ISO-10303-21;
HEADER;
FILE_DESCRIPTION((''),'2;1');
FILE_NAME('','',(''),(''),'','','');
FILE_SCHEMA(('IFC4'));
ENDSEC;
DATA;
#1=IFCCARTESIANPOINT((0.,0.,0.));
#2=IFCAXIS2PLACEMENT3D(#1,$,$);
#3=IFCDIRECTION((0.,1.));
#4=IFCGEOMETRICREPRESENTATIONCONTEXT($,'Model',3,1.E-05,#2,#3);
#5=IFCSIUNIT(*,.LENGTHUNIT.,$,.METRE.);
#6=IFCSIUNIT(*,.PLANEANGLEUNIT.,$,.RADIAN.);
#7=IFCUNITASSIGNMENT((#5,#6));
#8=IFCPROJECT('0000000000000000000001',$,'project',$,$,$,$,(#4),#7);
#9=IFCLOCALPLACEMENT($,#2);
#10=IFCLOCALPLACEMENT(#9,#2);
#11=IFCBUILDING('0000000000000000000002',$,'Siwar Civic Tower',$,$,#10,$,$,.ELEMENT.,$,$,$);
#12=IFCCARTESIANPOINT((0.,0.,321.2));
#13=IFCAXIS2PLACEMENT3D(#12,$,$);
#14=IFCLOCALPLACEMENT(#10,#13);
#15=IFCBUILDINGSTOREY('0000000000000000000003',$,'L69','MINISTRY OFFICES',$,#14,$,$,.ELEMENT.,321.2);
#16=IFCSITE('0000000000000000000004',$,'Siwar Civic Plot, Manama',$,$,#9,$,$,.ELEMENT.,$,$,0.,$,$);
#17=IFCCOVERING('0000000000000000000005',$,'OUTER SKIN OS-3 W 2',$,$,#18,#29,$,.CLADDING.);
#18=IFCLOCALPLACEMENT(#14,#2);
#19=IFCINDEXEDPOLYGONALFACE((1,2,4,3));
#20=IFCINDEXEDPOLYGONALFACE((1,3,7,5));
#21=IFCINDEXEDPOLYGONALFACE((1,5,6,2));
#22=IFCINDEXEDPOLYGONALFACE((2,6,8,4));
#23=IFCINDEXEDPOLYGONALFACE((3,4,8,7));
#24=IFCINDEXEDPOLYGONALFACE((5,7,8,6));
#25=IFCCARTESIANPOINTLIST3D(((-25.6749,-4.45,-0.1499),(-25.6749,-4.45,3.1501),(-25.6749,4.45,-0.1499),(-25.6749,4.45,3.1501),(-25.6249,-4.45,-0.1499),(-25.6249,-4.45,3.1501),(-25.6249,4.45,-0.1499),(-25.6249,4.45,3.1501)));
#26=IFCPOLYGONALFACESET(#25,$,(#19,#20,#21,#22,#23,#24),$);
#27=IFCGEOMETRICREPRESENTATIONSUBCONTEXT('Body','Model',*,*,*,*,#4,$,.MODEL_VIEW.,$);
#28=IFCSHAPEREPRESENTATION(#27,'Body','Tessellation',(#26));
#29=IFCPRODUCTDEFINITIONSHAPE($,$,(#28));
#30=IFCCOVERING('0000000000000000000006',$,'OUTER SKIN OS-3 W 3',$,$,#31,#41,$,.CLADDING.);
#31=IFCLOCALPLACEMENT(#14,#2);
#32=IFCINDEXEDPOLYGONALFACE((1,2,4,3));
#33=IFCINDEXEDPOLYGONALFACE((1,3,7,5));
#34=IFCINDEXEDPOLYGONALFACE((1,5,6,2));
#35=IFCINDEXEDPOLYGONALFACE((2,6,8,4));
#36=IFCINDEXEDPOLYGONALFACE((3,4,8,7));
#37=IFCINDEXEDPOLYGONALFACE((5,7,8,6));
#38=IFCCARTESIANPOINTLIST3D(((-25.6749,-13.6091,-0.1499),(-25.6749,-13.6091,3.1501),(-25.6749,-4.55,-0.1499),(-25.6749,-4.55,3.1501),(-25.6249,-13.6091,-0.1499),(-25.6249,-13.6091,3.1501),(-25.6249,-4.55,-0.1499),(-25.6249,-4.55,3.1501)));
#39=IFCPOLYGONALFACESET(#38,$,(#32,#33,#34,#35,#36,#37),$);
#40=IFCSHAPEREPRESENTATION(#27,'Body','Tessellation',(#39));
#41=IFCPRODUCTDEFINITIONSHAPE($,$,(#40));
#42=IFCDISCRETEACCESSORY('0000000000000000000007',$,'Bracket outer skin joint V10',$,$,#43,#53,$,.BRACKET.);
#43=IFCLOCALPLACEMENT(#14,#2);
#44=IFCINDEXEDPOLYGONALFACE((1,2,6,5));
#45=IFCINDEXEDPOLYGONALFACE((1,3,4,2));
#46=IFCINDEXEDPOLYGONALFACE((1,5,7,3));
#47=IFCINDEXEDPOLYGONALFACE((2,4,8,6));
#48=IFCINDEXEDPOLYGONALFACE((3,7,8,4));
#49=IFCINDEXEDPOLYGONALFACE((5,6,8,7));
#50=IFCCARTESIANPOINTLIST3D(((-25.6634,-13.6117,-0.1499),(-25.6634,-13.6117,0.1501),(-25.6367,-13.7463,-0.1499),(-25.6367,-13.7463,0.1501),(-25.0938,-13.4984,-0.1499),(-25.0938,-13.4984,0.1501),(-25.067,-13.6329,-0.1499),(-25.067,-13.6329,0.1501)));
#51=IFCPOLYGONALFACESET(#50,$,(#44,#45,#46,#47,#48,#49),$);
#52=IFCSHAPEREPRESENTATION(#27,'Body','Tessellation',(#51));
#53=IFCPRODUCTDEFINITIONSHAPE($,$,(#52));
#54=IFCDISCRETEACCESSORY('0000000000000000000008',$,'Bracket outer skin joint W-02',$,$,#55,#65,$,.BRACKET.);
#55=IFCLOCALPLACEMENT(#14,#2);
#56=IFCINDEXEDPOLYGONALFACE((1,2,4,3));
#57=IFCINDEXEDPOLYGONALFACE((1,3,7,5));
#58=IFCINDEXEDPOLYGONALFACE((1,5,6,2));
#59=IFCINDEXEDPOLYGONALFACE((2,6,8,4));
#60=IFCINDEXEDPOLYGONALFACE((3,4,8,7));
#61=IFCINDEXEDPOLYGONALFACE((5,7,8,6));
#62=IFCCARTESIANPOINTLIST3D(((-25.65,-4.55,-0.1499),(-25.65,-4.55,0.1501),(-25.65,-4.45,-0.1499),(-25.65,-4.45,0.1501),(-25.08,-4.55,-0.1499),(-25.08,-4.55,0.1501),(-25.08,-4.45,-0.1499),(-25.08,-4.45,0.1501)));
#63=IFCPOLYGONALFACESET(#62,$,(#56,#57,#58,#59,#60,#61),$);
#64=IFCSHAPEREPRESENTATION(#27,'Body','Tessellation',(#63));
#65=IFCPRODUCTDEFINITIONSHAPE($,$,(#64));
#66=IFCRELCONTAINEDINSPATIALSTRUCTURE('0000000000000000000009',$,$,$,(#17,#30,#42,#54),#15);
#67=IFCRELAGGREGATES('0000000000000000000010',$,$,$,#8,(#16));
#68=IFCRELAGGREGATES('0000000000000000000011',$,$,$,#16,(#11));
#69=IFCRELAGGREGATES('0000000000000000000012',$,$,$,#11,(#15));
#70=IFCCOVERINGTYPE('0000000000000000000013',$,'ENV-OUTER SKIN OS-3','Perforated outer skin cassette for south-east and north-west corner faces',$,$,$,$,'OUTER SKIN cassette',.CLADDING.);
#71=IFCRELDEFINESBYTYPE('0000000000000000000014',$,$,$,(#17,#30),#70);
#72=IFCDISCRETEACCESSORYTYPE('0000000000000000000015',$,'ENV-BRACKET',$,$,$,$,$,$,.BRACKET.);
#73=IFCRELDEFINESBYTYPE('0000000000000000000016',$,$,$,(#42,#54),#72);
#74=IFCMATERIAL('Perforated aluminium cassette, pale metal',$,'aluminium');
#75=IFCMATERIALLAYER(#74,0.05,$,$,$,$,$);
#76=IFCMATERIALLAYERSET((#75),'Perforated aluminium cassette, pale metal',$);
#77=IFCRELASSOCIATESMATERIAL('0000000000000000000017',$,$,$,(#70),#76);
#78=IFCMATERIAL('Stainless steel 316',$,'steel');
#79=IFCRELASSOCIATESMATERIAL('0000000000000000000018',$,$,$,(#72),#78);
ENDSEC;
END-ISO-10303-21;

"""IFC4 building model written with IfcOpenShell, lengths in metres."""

from ifc_helpers import new_model, si_unit, direction, frame, origin, origin_2d, place, context, subcontext, project, spatial, rectangle, extrude, material, layer, layer_set, type_object, element, save


model = new_model("IFC4")

# Units and contexts
model_context = context("Model", 3, precision=1e-05, world=origin(), true_north=direction((0.0, 1.0)))
body_context = subcontext(model_context, "Body", "Model", "MODEL_VIEW")
ifc_project = project(units=[si_unit("LENGTHUNIT", "METRE"), si_unit("PLANEANGLEUNIT", "RADIAN")], contexts=[model_context])

# Site, building, storey
site_placement = place(None, origin())
site = spatial("IfcSite", under=ifc_project, at=site_placement, Name="Siwar Civic Plot, Manama", CompositionType="ELEMENT", RefElevation=0.0)
building_placement = place(site_placement, origin())
building = spatial("IfcBuilding", under=site, at=building_placement, Name="Siwar Civic Tower", CompositionType="ELEMENT")
storey_placement = place(building_placement, frame((0.0, 0.0, 321.2)))
storey = spatial("IfcBuildingStorey", under=building, at=storey_placement, Name="L69", Description="MINISTRY OFFICES", CompositionType="ELEMENT", Elevation=321.2)

# Coverings
ifc_material_1 = material(Name="Perforated aluminium cassette, pale metal", Category="aluminium")
ifc_layer_1 = layer(ifc_material_1, 0.05)
ifc_layer_set_1 = layer_set([ifc_layer_1], Name="Perforated aluminium cassette, pale metal")
covering_type = type_object("IfcCoveringType", Name="ENV-OUTER SKIN OS-3", Description="Perforated outer skin cassette for south-east and north-west corner faces", ElementType="OUTER SKIN cassette", PredefinedType="CLADDING", material=ifc_layer_set_1)
covering_1_placement = place(storey_placement, frame((-25.6499, 0.0, -0.1499), z_axis=(0.0, 0.0, 1.0), x_axis=(0.0, -1.0, 0.0)))
element("IfcCovering", 1, at=covering_1_placement, inside=storey, type_object=covering_type, Name="OUTER SKIN OS-3 W 2", PredefinedType="CLADDING", context=body_context, shape_type="SweptSolid", body=[
    extrude(rectangle(XDim=8.8999, YDim=0.05, at=origin_2d()), origin(), (0.0, 0.0, 1.0), 3.3),
])
covering_2_placement = place(storey_placement, frame((-25.6499, -9.0796, -0.1499), z_axis=(0.0, 0.0, 1.0), x_axis=(0.0, -1.0, 0.0)))
element("IfcCovering", 2, at=covering_2_placement, inside=storey, type_object=covering_type, Name="OUTER SKIN OS-3 W 3", PredefinedType="CLADDING", context=body_context, shape_type="SweptSolid", body=[
    extrude(rectangle(XDim=9.0591, YDim=0.05, at=origin_2d()), origin(), (0.0, 0.0, 1.0), 3.3),
])

# Discrete accessories
ifc_material_2 = material(Name="Stainless steel 316", Category="steel")
discrete_accessory_type = type_object("IfcDiscreteAccessoryType", Name="ENV-BRACKET", PredefinedType="BRACKET", material=ifc_material_2)
discrete_accessory_1_placement = place(storey_placement, frame((-25.3652, -13.6223, -0.1499), z_axis=(0.0, 0.0, 1.0), x_axis=(-0.980785, -0.19509, 0.0)))
element("IfcDiscreteAccessory", 3, at=discrete_accessory_1_placement, inside=storey, type_object=discrete_accessory_type, Name="Bracket outer skin joint V10", PredefinedType="BRACKET", context=body_context, shape_type="SweptSolid", body=[
    extrude(rectangle(XDim=0.5808, YDim=0.1372, at=origin_2d()), origin(), (0.0, 0.0, 1.0), 0.3),
])
discrete_accessory_2_placement = place(storey_placement, frame((-25.365, -4.5, -0.1499), z_axis=(0.0, 0.0, 1.0), x_axis=(-1.0, 0.0, 0.0)))
element("IfcDiscreteAccessory", 4, at=discrete_accessory_2_placement, inside=storey, type_object=discrete_accessory_type, Name="Bracket outer skin joint W-02", PredefinedType="BRACKET", context=body_context, shape_type="SweptSolid", body=[
    extrude(rectangle(XDim=0.5701, YDim=0.1001, at=origin_2d()), origin(), (0.0, 0.0, 1.0), 0.3),
])

save(model, "model.ifc")
